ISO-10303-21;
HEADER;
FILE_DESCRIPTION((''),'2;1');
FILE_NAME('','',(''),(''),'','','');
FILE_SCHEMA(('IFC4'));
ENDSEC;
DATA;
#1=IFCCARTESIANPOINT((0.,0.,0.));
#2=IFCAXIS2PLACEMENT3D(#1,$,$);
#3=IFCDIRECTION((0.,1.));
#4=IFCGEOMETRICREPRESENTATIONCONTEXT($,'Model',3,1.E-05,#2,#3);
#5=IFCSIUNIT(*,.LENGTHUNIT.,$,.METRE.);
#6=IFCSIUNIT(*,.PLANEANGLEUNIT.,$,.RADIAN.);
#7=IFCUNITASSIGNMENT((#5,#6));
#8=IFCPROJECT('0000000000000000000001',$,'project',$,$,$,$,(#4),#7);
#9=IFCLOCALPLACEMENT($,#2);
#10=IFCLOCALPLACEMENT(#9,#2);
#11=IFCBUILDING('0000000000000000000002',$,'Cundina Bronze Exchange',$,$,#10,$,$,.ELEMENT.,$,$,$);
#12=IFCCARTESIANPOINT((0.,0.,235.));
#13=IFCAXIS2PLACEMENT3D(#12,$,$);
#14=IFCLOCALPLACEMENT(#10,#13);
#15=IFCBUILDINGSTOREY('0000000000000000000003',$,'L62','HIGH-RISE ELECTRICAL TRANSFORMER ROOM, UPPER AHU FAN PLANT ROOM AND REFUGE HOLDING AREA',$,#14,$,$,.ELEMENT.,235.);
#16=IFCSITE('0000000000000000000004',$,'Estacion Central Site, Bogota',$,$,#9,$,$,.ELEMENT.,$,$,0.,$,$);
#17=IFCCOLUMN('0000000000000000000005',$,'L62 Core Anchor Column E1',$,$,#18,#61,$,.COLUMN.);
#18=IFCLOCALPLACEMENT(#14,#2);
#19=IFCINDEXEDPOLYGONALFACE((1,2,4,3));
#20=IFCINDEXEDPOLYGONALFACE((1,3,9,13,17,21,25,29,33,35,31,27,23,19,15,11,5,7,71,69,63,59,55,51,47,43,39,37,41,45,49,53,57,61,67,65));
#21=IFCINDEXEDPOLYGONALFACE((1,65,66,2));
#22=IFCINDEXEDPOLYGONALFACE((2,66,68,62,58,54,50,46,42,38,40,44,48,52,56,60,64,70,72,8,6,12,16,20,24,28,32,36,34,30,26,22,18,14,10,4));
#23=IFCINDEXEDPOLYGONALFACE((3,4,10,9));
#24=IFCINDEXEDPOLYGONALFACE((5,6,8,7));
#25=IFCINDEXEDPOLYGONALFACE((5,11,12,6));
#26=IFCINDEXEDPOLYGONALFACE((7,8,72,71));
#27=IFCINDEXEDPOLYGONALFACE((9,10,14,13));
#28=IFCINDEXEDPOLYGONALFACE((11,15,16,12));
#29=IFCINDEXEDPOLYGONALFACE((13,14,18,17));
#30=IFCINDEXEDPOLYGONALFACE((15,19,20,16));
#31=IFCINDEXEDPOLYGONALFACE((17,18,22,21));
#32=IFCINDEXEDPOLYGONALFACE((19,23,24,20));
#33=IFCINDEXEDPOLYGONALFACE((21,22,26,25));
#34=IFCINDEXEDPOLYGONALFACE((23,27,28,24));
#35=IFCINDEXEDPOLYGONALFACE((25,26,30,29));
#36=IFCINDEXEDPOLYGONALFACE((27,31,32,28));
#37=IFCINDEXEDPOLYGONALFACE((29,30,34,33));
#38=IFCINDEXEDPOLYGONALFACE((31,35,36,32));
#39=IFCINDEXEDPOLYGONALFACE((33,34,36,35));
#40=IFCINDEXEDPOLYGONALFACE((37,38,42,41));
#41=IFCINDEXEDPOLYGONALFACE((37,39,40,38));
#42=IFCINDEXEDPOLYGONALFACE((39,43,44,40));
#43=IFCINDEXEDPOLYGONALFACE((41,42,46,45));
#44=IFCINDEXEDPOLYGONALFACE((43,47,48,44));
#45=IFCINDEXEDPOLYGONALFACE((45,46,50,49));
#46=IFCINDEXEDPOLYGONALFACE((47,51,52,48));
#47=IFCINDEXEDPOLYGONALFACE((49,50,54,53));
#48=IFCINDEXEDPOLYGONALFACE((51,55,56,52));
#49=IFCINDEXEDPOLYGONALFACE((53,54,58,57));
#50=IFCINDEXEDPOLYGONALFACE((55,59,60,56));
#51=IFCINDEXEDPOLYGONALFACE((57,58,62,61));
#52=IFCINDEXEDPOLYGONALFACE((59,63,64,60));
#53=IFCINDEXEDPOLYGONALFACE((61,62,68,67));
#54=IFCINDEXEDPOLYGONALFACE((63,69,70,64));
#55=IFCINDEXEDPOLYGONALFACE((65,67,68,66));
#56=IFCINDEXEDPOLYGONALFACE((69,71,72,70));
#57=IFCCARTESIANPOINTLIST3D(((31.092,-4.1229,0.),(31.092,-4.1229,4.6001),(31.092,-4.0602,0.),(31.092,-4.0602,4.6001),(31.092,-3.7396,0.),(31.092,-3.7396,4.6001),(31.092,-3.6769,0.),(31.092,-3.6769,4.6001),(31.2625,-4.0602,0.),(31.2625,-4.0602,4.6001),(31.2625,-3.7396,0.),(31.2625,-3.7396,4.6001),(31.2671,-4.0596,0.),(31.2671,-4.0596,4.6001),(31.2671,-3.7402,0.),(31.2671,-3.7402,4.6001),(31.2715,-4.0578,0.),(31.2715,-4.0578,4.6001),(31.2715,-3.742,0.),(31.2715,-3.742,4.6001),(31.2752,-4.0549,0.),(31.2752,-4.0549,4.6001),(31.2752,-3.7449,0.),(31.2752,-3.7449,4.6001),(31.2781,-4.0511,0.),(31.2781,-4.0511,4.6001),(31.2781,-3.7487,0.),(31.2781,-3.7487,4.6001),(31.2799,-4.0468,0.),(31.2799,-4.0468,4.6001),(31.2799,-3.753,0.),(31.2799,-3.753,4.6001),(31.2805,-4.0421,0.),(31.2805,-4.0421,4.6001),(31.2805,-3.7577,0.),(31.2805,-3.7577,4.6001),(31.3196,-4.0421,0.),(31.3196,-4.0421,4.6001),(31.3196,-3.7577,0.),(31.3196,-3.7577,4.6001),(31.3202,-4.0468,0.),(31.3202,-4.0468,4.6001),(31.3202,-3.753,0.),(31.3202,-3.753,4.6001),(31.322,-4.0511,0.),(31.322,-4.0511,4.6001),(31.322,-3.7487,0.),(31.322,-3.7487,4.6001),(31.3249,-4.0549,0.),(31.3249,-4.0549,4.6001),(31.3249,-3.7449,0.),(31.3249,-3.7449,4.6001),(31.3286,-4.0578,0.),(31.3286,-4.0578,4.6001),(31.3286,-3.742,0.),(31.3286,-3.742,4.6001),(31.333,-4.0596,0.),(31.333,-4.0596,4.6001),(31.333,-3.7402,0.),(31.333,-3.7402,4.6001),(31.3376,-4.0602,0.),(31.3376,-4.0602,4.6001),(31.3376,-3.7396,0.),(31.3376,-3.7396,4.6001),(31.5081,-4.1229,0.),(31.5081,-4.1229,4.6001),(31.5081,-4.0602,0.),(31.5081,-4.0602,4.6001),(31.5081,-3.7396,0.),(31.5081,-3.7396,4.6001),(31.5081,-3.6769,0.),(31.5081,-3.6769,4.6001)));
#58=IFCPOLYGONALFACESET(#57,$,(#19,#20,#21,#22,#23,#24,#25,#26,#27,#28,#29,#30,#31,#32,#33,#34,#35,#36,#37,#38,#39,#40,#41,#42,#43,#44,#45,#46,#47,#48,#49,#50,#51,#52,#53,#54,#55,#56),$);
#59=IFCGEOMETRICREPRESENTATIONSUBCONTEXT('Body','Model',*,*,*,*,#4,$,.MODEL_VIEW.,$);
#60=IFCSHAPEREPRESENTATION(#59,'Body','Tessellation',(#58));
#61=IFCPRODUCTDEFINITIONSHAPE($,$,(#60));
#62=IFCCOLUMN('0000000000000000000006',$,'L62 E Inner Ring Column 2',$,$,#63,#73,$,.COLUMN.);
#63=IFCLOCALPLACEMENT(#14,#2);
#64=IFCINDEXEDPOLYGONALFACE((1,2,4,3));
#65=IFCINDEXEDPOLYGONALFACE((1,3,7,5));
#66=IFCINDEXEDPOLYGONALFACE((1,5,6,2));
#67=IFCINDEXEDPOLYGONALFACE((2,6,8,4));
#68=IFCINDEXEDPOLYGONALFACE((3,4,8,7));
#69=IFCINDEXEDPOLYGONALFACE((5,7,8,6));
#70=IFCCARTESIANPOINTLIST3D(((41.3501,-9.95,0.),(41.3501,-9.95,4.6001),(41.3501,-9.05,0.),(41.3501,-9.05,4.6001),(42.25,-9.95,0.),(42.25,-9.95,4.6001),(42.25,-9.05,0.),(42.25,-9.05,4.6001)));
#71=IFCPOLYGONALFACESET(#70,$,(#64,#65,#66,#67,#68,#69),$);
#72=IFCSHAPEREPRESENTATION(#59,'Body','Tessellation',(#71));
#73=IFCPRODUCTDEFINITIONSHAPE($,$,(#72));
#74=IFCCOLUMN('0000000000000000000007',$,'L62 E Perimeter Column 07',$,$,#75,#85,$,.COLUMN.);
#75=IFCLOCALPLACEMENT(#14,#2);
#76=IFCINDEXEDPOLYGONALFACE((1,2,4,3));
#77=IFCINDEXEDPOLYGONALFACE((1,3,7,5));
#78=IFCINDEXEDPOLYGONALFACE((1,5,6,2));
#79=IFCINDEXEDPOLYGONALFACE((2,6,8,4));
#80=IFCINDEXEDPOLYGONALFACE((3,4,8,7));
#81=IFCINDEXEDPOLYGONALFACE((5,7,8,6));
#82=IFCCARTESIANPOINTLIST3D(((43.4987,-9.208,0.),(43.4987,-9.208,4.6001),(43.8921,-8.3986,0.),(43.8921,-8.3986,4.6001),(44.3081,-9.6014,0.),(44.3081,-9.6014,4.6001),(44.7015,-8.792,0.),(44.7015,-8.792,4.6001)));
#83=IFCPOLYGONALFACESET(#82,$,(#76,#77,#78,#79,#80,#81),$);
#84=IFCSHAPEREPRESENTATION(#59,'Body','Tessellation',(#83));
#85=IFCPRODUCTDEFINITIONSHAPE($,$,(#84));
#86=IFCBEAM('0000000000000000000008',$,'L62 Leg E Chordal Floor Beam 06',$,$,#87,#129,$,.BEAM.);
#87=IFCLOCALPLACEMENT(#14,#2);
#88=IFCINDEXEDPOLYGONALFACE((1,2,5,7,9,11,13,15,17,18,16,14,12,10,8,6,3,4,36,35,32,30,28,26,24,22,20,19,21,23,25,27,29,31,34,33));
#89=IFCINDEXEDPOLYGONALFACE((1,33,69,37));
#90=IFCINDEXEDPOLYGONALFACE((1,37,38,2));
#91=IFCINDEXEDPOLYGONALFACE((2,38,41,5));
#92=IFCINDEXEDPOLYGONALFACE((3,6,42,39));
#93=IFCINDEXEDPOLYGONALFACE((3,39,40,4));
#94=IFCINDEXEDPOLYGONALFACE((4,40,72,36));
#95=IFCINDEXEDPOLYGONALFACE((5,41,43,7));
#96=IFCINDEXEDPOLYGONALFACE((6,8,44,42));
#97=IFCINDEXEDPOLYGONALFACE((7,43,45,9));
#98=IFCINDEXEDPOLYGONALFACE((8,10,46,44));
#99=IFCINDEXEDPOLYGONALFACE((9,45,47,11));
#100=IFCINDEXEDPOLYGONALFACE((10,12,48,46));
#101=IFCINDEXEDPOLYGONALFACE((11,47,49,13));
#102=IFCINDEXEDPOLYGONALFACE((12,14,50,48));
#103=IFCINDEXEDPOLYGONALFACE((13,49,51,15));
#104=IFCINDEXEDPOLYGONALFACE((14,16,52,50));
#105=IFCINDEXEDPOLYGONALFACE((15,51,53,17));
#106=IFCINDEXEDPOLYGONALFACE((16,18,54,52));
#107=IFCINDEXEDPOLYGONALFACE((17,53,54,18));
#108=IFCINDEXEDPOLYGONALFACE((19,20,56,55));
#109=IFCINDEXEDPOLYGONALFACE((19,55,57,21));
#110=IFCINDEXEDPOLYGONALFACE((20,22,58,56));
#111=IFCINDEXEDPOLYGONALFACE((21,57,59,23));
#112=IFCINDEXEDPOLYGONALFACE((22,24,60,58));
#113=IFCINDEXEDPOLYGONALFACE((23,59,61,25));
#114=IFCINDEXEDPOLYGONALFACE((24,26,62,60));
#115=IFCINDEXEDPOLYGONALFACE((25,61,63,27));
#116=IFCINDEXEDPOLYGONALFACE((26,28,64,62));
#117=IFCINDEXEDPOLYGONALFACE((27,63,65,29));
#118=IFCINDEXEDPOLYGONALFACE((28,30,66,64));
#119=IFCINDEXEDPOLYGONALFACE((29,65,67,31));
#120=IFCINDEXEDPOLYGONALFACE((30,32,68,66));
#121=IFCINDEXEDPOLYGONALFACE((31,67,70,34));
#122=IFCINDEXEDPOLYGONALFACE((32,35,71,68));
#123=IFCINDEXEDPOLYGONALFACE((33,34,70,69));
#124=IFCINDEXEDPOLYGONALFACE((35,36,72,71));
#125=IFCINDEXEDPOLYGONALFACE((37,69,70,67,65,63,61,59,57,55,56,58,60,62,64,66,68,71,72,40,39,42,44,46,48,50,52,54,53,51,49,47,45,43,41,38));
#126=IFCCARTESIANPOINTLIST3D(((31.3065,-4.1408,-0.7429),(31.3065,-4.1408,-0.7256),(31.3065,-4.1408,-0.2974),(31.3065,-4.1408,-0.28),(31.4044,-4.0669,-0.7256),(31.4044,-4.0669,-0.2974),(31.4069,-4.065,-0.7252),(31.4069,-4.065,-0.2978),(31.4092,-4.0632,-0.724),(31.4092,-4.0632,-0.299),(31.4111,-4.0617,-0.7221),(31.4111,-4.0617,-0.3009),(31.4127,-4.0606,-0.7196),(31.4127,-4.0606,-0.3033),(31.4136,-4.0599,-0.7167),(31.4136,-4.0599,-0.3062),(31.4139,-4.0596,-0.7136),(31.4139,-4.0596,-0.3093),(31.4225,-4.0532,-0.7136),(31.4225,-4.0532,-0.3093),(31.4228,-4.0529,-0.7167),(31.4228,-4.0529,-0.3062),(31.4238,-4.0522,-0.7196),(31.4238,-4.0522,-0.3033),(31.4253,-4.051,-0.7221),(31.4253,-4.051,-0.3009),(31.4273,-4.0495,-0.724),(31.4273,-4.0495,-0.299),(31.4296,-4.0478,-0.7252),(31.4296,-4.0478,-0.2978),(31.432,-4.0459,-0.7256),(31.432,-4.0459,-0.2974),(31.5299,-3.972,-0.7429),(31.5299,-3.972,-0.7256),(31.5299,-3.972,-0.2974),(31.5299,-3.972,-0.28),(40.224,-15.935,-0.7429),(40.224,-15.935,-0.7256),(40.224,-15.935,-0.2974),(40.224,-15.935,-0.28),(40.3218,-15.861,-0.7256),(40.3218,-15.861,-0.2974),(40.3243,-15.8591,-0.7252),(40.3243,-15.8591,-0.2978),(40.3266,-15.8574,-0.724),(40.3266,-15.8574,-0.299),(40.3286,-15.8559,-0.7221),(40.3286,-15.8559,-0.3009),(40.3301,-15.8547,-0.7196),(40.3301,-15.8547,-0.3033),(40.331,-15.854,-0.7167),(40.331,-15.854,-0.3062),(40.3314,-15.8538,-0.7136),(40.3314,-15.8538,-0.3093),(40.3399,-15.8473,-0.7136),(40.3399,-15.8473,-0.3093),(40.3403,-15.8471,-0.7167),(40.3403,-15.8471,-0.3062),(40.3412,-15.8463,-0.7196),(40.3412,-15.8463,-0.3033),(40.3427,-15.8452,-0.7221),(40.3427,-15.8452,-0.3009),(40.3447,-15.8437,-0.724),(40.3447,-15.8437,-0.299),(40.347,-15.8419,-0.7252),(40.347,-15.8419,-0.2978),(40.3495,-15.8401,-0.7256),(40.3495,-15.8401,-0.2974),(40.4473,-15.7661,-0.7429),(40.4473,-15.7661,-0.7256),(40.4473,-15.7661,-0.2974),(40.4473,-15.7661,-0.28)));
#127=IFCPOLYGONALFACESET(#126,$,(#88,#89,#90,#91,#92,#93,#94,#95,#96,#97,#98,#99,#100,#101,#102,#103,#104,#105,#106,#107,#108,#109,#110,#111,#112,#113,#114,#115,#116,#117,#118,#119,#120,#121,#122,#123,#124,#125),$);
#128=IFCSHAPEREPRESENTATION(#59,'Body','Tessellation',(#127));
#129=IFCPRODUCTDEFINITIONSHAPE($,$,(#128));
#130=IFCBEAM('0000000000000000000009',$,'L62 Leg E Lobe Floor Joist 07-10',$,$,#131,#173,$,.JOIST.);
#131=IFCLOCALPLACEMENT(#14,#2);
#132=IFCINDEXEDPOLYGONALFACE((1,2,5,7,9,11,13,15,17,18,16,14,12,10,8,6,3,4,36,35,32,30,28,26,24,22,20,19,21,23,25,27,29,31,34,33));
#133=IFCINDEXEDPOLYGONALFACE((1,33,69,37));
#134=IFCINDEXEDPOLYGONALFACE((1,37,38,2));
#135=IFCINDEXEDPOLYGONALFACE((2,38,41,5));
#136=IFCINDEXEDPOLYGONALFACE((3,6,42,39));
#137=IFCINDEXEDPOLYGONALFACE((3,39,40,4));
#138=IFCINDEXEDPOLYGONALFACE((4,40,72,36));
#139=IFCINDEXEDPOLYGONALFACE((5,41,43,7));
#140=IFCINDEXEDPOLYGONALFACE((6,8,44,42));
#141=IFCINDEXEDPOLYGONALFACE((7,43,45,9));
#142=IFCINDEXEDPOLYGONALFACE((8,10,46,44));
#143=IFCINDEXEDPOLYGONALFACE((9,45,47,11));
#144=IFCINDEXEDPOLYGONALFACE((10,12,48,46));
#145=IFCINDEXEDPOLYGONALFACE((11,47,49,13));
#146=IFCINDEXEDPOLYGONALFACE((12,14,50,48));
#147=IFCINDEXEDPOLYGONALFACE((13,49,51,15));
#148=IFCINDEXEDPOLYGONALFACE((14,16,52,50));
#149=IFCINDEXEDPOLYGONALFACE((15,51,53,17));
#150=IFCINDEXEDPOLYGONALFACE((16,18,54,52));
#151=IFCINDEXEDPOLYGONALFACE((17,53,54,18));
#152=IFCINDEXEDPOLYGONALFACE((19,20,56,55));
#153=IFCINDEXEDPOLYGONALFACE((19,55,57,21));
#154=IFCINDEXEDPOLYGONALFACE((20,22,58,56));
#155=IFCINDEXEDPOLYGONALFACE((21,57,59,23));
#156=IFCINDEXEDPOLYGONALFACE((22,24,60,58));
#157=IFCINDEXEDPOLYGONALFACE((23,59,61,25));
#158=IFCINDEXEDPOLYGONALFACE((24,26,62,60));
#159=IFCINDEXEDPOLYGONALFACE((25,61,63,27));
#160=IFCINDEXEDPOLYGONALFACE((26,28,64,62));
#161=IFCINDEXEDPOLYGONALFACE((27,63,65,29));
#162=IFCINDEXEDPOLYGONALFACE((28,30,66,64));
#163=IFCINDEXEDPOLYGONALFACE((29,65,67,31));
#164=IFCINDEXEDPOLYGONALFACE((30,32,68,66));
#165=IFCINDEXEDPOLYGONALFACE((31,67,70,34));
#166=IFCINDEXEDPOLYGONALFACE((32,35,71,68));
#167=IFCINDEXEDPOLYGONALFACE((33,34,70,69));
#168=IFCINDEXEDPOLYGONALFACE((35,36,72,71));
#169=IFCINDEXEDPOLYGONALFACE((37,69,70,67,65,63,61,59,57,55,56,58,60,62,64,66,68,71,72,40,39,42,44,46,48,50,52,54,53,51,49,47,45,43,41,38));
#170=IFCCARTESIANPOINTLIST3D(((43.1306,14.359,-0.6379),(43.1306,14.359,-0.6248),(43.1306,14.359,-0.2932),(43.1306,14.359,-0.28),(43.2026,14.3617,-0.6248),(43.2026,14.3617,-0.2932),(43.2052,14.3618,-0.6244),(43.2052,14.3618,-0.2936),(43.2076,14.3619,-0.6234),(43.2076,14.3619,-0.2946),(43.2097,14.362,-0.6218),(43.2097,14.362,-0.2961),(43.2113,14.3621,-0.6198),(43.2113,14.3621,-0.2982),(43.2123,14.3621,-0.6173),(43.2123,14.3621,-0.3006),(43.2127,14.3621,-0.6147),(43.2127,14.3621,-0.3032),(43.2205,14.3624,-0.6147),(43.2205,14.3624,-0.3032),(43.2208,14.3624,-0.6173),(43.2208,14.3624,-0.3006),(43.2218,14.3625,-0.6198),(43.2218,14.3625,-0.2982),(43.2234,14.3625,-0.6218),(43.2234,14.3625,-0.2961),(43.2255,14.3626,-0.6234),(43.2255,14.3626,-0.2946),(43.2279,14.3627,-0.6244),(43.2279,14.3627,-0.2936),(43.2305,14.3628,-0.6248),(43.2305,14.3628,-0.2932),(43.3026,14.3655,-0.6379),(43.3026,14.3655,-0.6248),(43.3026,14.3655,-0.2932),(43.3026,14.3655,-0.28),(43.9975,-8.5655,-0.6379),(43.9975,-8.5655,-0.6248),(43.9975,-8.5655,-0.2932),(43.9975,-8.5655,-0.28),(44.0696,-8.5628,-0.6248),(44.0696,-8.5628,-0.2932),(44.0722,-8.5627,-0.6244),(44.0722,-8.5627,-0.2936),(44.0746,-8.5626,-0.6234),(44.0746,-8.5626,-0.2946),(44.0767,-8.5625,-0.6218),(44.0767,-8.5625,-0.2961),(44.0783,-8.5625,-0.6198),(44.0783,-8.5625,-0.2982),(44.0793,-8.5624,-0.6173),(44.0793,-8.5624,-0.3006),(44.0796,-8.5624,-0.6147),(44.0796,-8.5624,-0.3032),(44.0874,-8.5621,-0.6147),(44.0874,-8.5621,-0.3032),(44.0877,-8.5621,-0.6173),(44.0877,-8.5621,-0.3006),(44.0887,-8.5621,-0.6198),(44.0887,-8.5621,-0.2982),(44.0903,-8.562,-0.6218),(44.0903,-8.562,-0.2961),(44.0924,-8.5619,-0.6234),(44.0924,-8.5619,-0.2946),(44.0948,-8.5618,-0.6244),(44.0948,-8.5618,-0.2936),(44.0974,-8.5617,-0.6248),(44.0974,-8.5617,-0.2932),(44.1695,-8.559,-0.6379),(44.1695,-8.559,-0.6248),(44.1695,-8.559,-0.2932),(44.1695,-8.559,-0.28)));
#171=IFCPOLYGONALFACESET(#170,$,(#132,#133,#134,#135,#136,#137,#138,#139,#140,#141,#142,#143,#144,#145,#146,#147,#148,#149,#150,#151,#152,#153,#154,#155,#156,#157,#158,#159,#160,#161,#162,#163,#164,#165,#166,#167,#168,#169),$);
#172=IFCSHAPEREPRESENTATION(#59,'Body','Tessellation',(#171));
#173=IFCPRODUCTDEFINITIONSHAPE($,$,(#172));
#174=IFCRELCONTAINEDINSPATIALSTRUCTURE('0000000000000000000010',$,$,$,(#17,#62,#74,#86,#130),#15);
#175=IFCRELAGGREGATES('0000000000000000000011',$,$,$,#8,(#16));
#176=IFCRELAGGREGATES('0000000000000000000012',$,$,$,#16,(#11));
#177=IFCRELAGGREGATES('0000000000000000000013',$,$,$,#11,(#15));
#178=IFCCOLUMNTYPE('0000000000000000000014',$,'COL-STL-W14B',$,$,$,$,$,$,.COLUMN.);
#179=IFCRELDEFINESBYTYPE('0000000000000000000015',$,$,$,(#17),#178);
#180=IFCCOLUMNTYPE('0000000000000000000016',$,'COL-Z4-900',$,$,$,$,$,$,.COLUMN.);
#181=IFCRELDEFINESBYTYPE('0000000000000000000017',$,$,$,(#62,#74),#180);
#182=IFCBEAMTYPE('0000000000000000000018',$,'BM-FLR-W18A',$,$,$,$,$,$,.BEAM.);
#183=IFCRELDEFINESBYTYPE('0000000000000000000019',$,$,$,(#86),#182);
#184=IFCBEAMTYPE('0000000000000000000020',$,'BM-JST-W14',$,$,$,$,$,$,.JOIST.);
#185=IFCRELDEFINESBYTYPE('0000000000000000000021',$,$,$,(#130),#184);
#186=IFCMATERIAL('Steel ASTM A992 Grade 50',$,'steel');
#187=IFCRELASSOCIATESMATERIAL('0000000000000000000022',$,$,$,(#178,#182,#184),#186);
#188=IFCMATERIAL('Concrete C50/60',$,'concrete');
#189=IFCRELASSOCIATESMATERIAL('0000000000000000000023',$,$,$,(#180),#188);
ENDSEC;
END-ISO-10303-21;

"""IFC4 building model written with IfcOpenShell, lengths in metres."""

from ifc_helpers import new_model, si_unit, direction, frame, origin, origin_2d, place, context, subcontext, project, spatial, rectangle, i_section, extrude, material, material_profile, profile_set, type_object, element, save


model = new_model("IFC4")

# Units and contexts
model_context = context("Model", 3, precision=1e-05, world=origin(), true_north=direction((0.0, 1.0)))
body_context = subcontext(model_context, "Body", "Model", "MODEL_VIEW")
ifc_project = project(units=[si_unit("LENGTHUNIT", "METRE"), si_unit("PLANEANGLEUNIT", "RADIAN")], contexts=[model_context])

# Site, building, storey
site_placement = place(None, origin())
site = spatial("IfcSite", under=ifc_project, at=site_placement, Name="Estacion Central Site, Bogota", CompositionType="ELEMENT", RefElevation=0.0)
building_placement = place(site_placement, origin())
building = spatial("IfcBuilding", under=site, at=building_placement, Name="Cundina Bronze Exchange", CompositionType="ELEMENT")
storey_placement = place(building_placement, frame((0.0, 0.0, 235.0)))
storey = spatial("IfcBuildingStorey", under=building, at=storey_placement, Name="L62", Description="HIGH-RISE ELECTRICAL TRANSFORMER ROOM, UPPER AHU FAN PLANT ROOM AND REFUGE HOLDING AREA", CompositionType="ELEMENT", Elevation=235.0)

# Columns
ifc_material_1 = material(Name="Steel ASTM A992 Grade 50", Category="steel")
ifc_material_profile_1 = material_profile(ifc_material_1, i_section(OverallWidth=0.416, OverallDepth=0.446, WebThickness=0.0391, FlangeThickness=0.0627, FilletRadius=0.0181, at=origin_2d()), Name="W14X342", Category="steel")
ifc_profile_set_1 = profile_set([ifc_material_profile_1], Name="Steel ASTM A992 Grade 50")
column_type_1 = type_object("IfcColumnType", Name="COL-STL-W14B", PredefinedType="COLUMN", material=ifc_profile_set_1)
column_placement = place(storey_placement, frame((31.3, -3.8999, 0.0), z_axis=(0.0, 0.0, 1.0), x_axis=(1.0, 0.0, 0.0)))
element("IfcColumn", 1, at=column_placement, inside=storey, type_object=column_type_1, Name="L62 Core Anchor Column E1", PredefinedType="COLUMN", context=body_context, shape_type="SweptSolid", body=[
    extrude(i_section(OverallWidth=0.416, OverallDepth=0.446, WebThickness=0.0391, FlangeThickness=0.0627, FilletRadius=0.0181, at=origin_2d()), origin(), (0.0, 0.0, 1.0), 4.6001),
])
ifc_material_2 = material(Name="Concrete C50/60", Category="concrete")
ifc_material_profile_2 = material_profile(ifc_material_2, rectangle(XDim=0.8999, YDim=0.8999, at=origin_2d()), Name="RC900X900", Category="concrete")
ifc_profile_set_2 = profile_set([ifc_material_profile_2], Name="Concrete C50/60")
column_type_2 = type_object("IfcColumnType", Name="COL-Z4-900", PredefinedType="COLUMN", material=ifc_profile_set_2)
for number, where, z_axis, x_axis, name in (
    (2, (41.8, -9.5, 0.0), (0.0, 0.0, 1.0), (1.0, 0.0, 0.0), "L62 E Inner Ring Column 2"),
    (3, (44.1001, -9.0, 0.0), (0.0, 0.0, 1.0), (0.437116, 0.899405, 0.0), "L62 E Perimeter Column 07"),
):
    element("IfcColumn", number, at=place(storey_placement, frame(where, z_axis=z_axis, x_axis=x_axis)), inside=storey, type_object=column_type_2, Name=name, PredefinedType="COLUMN", context=body_context, shape_type="SweptSolid", body=[
        extrude(rectangle(XDim=0.8999, YDim=0.8999, at=origin_2d()), origin(), (0.0, 0.0, 1.0), 4.6001),
    ])

# Beams
ifc_material_profile_3 = material_profile(ifc_material_1, i_section(OverallWidth=0.28, OverallDepth=0.4629, WebThickness=0.0107, FlangeThickness=0.0173, FilletRadius=0.012, at=origin_2d()), Name="W18X76", Category="steel")
ifc_profile_set_3 = profile_set([ifc_material_profile_3], Name="Steel ASTM A992 Grade 50")
beam_type_1 = type_object("IfcBeamType", Name="BM-FLR-W18A", PredefinedType="BEAM", material=ifc_profile_set_3)
beam_1_placement = place(storey_placement, frame((31.4182, -4.0564, -0.5115), z_axis=(0.603105, -0.797662, 0.0), x_axis=(0.797662, 0.603105, 0.0)))
element("IfcBeam", 4, at=beam_1_placement, inside=storey, type_object=beam_type_1, Name="L62 Leg E Chordal Floor Beam 06", PredefinedType="BEAM", context=body_context, shape_type="SweptSolid", body=[
    extrude(i_section(OverallWidth=0.28, OverallDepth=0.4629, WebThickness=0.0107, FlangeThickness=0.0173, FilletRadius=0.012, at=origin_2d()), origin(), (0.0, 0.0, 1.0), 14.7859),
])
ifc_material_profile_4 = material_profile(ifc_material_1, i_section(OverallWidth=0.1721, OverallDepth=0.3579, WebThickness=0.0078, FlangeThickness=0.0132, FilletRadius=0.01, at=origin_2d()), Name="W14X38", Category="steel")
ifc_profile_set_4 = profile_set([ifc_material_profile_4], Name="Steel ASTM A992 Grade 50")
beam_type_2 = type_object("IfcBeamType", Name="BM-JST-W14", PredefinedType="JOIST", material=ifc_profile_set_4)
beam_2_placement = place(storey_placement, frame((44.0835, -8.5623, -0.459), z_axis=(-0.03779, 0.999286, 0.0), x_axis=(-0.999286, -0.03779, 0.0)))
element("IfcBeam", 5, at=beam_2_placement, inside=storey, type_object=beam_type_2, Name="L62 Leg E Lobe Floor Joist 07-10", PredefinedType="JOIST", context=body_context, shape_type="SweptSolid", body=[
    extrude(i_section(OverallWidth=0.1721, OverallDepth=0.3579, WebThickness=0.0078, FlangeThickness=0.0132, FilletRadius=0.01, at=origin_2d()), origin(), (0.0, 0.0, 1.0), 22.9409),
])

save(model, "model.ifc")
